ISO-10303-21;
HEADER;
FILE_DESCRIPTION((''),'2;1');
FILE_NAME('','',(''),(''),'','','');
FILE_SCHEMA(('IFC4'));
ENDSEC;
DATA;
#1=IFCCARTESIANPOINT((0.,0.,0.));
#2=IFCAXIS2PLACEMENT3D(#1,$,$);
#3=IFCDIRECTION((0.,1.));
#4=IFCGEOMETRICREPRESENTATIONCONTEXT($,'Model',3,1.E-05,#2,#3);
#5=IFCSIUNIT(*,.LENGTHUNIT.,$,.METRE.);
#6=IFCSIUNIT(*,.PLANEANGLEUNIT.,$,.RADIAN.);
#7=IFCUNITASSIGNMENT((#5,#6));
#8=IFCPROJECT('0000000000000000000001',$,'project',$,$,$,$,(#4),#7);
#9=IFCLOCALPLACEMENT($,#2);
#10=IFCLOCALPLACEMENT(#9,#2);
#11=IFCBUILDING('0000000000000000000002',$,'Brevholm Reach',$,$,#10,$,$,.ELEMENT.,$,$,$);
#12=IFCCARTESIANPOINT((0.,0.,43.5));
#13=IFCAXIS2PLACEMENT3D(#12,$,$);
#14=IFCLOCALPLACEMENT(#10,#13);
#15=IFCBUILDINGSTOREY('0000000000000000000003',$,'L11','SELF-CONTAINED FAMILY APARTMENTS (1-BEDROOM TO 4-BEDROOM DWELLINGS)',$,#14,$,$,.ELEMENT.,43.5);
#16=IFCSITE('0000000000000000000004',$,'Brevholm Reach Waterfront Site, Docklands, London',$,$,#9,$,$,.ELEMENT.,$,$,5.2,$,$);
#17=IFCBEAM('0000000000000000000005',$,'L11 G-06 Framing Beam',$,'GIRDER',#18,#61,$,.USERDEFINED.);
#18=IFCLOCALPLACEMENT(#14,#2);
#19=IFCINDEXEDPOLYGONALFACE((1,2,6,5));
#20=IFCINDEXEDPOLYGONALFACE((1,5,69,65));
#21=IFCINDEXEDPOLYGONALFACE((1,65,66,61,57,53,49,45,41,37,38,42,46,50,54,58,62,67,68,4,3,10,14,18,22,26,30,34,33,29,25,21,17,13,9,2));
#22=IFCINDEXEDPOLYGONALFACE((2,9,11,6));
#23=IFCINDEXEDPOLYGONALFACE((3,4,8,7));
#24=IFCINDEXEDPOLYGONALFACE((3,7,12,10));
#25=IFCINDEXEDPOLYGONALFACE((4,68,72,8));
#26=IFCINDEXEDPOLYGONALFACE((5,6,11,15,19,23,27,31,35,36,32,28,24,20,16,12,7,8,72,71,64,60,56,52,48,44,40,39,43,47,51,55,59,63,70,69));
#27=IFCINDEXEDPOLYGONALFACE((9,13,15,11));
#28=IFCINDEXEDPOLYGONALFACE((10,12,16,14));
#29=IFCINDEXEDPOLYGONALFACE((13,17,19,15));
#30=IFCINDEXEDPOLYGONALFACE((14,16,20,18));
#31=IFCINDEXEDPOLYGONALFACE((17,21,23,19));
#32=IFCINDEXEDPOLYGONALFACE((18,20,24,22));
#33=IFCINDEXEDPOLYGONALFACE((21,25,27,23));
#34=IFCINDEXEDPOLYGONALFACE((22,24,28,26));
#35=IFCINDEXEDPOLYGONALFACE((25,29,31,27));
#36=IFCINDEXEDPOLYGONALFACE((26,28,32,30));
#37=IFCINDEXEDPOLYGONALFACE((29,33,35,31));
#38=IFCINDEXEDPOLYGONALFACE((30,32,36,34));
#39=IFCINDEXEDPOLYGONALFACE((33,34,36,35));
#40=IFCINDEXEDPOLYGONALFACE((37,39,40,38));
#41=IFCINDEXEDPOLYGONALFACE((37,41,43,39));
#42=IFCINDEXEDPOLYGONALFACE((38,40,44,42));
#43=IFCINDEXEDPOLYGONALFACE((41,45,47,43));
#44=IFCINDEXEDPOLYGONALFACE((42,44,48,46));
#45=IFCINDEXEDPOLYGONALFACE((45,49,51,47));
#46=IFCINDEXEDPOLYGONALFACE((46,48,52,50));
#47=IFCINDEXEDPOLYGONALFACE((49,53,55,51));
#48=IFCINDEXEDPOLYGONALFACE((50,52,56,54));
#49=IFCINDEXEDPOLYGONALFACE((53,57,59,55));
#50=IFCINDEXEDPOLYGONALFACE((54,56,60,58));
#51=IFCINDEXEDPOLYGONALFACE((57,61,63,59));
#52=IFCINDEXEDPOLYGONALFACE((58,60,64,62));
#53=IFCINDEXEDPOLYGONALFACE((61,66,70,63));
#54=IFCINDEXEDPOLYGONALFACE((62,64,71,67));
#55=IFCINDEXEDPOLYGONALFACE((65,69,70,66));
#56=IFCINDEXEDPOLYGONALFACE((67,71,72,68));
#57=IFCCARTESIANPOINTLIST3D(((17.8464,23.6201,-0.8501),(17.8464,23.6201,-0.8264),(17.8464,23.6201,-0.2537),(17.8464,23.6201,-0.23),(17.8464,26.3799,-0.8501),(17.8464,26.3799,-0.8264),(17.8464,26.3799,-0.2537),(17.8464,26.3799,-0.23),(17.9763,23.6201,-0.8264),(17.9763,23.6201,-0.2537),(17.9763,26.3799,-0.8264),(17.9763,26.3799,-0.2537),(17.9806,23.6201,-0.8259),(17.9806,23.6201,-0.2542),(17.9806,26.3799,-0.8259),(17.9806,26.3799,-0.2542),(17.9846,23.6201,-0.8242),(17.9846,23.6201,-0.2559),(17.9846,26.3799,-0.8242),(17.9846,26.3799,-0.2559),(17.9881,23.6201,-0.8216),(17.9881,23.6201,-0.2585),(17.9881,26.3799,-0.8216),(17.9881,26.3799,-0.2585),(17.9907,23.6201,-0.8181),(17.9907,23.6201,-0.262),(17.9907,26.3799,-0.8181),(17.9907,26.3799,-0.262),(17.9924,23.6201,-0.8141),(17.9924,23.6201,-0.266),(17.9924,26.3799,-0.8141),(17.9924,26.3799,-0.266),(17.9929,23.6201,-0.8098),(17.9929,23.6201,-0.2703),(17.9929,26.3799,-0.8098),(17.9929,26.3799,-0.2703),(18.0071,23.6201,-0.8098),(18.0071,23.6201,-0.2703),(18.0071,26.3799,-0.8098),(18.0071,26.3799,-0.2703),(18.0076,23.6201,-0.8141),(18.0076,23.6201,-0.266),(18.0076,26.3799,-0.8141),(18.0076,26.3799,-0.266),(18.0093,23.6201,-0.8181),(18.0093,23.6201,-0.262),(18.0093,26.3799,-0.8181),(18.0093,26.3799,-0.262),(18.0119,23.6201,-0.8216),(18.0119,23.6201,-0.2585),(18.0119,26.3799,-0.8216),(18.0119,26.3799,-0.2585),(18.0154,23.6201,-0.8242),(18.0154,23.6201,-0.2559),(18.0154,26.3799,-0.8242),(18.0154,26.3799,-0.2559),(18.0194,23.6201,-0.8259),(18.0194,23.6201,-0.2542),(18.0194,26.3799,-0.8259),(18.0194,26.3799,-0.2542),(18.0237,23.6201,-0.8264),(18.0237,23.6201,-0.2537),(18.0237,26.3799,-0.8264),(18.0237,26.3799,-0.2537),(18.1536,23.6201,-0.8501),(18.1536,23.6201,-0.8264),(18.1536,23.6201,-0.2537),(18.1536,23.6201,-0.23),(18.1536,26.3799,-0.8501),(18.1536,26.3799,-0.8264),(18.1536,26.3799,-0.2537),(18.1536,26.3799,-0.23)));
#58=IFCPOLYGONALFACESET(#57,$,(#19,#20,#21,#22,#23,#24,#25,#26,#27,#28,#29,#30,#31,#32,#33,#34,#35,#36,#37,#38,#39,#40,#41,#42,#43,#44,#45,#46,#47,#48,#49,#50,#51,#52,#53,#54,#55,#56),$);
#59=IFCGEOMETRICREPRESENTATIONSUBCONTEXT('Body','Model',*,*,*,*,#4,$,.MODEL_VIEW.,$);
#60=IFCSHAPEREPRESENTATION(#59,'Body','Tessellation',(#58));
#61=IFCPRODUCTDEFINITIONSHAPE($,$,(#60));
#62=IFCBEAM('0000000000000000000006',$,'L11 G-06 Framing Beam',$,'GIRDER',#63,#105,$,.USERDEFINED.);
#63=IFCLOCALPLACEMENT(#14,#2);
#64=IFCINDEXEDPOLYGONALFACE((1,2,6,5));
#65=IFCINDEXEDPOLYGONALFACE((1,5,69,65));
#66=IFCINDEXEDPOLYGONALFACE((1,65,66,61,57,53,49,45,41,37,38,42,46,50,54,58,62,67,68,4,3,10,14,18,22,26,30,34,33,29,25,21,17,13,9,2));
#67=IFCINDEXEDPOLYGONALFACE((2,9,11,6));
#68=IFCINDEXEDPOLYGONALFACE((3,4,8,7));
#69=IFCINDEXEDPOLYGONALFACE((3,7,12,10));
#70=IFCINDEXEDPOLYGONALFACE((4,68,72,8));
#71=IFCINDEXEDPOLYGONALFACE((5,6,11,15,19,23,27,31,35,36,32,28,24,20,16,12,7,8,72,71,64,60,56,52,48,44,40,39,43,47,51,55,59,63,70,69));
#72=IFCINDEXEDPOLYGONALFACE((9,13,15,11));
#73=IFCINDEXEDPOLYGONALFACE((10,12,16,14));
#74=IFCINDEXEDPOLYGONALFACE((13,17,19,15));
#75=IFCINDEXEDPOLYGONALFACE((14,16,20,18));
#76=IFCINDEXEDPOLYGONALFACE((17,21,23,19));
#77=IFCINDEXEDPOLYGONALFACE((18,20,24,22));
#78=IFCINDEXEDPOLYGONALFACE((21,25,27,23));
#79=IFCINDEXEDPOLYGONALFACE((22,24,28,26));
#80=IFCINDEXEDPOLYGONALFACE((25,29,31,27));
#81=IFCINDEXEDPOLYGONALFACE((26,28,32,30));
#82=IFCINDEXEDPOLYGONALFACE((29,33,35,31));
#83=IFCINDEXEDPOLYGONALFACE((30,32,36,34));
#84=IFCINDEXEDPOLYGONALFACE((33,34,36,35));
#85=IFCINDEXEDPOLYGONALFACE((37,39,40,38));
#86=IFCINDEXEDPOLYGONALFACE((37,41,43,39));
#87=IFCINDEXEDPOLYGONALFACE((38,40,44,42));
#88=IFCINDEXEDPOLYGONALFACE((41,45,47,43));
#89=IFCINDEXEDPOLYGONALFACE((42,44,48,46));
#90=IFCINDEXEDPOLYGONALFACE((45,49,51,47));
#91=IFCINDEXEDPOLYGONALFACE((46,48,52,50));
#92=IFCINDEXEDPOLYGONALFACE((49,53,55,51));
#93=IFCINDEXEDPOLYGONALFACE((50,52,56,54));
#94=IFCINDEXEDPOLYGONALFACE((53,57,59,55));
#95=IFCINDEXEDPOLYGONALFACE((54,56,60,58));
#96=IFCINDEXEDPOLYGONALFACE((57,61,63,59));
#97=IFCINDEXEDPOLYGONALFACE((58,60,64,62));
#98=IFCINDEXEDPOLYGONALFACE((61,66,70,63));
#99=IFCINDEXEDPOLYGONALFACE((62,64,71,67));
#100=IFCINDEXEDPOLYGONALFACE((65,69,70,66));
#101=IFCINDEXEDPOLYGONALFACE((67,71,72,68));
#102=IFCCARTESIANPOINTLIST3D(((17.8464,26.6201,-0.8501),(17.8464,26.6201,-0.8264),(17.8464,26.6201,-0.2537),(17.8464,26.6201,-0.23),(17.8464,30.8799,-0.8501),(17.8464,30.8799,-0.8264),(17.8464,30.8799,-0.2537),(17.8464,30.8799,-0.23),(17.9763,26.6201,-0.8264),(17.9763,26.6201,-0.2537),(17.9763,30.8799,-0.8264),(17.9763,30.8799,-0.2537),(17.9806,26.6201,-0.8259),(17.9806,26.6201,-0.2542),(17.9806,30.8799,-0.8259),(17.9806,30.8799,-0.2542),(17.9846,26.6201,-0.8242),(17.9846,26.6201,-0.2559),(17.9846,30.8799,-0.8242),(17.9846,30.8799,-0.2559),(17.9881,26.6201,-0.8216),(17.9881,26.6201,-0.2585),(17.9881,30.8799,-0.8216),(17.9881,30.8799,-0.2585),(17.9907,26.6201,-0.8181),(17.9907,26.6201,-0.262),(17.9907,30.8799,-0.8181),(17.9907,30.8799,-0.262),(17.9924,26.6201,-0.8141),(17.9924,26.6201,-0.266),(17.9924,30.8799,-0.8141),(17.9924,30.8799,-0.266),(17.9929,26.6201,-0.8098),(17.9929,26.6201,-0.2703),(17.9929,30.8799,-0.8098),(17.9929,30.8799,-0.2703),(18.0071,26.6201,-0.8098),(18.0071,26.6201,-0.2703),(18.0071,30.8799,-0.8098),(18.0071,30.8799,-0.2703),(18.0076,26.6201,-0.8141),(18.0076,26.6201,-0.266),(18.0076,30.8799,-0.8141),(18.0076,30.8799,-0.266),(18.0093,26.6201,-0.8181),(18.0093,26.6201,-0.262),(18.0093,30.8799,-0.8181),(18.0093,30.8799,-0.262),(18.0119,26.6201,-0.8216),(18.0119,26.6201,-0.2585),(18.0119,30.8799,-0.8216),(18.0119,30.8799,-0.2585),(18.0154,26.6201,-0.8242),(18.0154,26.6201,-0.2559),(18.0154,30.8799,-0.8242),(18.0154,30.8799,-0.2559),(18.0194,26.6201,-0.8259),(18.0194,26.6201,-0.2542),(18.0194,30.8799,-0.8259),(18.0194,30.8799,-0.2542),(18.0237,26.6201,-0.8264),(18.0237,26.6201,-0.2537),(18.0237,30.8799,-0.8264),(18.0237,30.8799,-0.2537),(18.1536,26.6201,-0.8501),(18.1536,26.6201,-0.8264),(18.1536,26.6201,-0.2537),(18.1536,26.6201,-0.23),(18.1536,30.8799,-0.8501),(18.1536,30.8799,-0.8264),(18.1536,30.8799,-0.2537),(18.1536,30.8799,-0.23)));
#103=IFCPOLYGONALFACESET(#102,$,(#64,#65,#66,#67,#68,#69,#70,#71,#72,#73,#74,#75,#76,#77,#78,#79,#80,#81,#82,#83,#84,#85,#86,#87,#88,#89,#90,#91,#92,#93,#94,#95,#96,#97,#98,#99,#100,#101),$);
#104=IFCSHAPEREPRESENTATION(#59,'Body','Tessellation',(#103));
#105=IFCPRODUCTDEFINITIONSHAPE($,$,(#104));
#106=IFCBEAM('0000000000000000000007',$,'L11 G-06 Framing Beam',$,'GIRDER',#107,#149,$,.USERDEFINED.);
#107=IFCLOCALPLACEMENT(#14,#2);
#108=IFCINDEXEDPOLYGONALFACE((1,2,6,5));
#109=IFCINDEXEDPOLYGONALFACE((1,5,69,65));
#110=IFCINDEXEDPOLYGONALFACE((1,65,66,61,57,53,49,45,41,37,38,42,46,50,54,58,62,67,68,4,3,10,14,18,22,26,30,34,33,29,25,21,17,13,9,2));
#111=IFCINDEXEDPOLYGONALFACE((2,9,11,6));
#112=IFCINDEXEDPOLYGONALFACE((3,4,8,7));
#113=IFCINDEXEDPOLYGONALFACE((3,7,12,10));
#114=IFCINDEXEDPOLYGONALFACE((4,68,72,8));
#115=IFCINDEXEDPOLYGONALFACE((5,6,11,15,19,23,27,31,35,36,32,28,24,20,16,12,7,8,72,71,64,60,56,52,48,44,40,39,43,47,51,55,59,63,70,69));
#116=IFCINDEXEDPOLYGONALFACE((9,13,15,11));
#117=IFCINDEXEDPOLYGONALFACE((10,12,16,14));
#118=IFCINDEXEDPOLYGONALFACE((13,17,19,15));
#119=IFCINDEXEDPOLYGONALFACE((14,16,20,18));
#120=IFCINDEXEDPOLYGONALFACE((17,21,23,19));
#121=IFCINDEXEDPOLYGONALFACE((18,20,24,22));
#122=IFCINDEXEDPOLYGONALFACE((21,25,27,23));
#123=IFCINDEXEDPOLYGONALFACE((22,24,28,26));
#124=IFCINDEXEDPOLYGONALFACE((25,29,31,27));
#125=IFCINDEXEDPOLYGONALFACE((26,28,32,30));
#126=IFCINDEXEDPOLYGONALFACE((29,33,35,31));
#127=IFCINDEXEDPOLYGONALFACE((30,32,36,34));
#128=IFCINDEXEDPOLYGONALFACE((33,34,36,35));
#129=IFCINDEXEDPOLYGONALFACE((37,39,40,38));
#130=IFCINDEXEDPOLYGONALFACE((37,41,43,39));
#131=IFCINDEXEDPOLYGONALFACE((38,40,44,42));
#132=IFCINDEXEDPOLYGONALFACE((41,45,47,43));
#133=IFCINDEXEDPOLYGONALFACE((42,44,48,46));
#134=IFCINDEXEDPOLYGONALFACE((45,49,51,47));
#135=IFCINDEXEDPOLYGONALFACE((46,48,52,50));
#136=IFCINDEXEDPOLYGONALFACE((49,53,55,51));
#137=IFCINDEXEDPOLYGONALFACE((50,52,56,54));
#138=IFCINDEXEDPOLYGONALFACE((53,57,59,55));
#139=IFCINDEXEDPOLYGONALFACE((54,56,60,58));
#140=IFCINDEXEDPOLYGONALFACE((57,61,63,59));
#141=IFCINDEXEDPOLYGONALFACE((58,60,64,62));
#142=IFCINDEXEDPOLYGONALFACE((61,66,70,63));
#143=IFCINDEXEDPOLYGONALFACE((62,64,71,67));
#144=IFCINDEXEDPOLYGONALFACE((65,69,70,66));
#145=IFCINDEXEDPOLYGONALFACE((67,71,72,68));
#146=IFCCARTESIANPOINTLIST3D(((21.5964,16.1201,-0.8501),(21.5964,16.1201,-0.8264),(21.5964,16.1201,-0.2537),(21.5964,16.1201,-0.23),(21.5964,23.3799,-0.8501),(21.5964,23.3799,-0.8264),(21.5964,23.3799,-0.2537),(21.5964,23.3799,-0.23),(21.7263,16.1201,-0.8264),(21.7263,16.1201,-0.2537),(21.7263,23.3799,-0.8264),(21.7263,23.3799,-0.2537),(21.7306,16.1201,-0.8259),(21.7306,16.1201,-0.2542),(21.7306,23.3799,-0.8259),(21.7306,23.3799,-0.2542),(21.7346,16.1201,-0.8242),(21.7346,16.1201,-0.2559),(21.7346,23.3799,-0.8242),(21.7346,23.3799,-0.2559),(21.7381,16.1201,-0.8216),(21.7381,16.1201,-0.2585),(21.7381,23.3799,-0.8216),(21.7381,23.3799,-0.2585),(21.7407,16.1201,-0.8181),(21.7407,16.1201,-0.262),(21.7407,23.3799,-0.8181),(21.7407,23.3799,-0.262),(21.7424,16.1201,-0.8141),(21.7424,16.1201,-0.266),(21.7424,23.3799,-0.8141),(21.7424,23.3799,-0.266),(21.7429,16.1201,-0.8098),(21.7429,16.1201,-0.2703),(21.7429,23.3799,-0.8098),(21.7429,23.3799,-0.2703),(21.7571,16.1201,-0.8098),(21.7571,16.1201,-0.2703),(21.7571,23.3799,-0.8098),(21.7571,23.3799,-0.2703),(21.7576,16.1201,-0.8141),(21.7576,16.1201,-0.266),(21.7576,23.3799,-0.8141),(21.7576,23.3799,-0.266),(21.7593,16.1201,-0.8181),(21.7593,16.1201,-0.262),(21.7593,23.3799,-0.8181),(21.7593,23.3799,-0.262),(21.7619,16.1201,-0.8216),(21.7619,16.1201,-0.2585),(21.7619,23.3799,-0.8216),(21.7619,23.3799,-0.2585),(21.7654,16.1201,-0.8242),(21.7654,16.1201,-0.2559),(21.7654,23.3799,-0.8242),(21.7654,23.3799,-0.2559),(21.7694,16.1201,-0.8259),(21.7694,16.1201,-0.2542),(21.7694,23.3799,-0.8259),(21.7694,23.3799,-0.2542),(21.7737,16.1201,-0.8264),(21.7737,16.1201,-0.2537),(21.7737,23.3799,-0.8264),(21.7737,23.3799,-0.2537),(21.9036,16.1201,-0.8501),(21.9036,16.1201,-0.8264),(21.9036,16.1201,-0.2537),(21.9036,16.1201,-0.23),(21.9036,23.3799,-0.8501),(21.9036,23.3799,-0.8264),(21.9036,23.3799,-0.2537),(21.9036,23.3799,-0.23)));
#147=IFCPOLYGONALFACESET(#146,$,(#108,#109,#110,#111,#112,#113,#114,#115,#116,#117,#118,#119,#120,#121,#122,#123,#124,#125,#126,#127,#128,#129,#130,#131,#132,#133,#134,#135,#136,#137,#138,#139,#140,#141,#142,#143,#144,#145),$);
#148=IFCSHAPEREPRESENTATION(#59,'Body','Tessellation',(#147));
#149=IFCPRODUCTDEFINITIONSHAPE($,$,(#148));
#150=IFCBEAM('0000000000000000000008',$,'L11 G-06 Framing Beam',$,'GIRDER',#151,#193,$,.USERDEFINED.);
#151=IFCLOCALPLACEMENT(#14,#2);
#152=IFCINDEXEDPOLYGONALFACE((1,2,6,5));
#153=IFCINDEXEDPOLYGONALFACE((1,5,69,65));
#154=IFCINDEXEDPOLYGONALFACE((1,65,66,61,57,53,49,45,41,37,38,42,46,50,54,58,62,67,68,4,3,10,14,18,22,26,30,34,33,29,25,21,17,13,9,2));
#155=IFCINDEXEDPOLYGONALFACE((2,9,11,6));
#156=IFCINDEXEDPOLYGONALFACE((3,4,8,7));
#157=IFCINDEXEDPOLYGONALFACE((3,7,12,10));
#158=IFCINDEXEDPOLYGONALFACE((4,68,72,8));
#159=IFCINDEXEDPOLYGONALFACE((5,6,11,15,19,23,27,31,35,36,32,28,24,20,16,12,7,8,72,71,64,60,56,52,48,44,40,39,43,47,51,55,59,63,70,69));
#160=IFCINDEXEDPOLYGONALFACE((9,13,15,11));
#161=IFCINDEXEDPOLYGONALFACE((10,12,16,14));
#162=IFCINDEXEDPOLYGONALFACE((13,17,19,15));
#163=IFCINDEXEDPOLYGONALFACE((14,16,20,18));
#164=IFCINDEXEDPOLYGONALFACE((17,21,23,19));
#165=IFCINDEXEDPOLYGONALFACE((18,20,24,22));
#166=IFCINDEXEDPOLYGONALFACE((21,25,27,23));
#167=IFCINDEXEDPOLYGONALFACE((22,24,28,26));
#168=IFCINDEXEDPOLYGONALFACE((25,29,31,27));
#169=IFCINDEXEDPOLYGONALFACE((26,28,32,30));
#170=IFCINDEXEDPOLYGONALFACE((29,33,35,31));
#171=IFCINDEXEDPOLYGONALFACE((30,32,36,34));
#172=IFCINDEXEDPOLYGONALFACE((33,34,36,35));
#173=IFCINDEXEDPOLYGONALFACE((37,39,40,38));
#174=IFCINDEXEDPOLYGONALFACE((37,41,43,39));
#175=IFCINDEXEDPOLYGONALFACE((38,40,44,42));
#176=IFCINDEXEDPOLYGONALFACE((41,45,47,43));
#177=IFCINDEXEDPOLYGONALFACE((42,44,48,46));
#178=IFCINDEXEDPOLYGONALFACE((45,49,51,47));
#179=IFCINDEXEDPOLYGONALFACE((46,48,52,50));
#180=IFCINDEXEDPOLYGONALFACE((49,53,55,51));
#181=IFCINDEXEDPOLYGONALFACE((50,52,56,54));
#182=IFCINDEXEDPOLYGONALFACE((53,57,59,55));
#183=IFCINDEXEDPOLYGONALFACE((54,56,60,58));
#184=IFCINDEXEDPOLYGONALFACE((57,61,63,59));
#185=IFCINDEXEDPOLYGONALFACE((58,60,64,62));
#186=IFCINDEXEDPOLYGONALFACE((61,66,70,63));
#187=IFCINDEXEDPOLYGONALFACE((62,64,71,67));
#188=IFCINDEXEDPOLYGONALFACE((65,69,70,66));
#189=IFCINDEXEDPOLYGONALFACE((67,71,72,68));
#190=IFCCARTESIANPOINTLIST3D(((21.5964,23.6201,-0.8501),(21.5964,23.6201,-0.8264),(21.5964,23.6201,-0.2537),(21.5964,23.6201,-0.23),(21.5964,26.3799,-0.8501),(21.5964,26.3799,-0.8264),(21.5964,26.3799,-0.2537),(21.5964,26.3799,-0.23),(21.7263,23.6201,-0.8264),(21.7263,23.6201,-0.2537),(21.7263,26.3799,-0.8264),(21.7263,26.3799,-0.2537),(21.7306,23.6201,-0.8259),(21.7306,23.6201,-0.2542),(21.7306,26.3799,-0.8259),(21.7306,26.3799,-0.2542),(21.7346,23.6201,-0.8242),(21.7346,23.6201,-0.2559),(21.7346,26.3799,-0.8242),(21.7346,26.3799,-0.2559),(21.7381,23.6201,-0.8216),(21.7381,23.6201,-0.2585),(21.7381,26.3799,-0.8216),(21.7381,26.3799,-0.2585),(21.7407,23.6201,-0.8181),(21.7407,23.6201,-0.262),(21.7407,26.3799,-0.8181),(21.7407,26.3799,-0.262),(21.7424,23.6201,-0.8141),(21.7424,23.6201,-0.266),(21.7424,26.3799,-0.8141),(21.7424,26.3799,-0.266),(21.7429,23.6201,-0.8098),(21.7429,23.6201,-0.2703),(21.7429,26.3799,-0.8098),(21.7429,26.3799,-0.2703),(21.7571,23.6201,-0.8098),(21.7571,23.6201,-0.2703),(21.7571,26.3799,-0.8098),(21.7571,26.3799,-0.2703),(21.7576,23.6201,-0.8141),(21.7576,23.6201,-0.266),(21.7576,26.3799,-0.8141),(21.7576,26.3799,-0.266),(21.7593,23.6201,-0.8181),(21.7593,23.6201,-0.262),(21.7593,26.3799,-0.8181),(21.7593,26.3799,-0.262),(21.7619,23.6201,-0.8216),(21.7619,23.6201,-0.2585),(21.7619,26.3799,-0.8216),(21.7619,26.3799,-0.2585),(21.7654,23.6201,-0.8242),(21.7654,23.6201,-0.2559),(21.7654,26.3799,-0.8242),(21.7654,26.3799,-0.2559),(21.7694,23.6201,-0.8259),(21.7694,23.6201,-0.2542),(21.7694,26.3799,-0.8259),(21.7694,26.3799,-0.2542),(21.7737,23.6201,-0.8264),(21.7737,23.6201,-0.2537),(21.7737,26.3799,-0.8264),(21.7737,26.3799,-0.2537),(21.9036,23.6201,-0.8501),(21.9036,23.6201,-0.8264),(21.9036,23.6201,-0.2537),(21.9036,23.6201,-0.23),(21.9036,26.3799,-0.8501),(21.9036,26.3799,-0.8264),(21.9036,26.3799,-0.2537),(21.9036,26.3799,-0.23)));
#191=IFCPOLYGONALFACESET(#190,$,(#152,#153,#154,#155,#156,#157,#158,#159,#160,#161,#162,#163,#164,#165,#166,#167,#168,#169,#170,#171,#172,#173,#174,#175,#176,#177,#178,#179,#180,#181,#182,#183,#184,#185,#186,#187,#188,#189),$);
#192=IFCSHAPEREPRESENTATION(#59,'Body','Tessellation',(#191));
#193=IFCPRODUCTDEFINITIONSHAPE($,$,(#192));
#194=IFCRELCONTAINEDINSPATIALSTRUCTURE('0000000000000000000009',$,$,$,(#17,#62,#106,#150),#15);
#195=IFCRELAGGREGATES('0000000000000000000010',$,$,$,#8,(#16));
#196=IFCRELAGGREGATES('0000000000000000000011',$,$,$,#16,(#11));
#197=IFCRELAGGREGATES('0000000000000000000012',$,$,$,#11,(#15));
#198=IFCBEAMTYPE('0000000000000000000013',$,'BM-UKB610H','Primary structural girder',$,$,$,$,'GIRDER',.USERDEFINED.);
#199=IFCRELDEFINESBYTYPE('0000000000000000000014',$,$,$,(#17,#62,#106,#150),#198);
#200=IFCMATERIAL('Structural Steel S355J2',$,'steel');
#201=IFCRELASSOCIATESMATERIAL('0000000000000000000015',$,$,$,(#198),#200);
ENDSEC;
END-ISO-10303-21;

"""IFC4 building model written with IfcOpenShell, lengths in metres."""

from ifc_helpers import new_model, si_unit, direction, frame, origin, origin_2d, place, context, subcontext, project, spatial, i_section, extrude, material, material_profile, profile_set, type_object, element, save


model = new_model("IFC4")

# Units and contexts
model_context = context("Model", 3, precision=1e-05, world=origin(), true_north=direction((0.0, 1.0)))
body_context = subcontext(model_context, "Body", "Model", "MODEL_VIEW")
ifc_project = project(units=[si_unit("LENGTHUNIT", "METRE"), si_unit("PLANEANGLEUNIT", "RADIAN")], contexts=[model_context])

# Site, building, storey
site_placement = place(None, origin())
site = spatial("IfcSite", under=ifc_project, at=site_placement, Name="Brevholm Reach Waterfront Site, Docklands, London", CompositionType="ELEMENT", RefElevation=5.2)
building_placement = place(site_placement, origin())
building = spatial("IfcBuilding", under=site, at=building_placement, Name="Brevholm Reach", CompositionType="ELEMENT")
storey_placement = place(building_placement, frame((0.0, 0.0, 43.5)))
storey = spatial("IfcBuildingStorey", under=building, at=storey_placement, Name="L11", Description="SELF-CONTAINED FAMILY APARTMENTS (1-BEDROOM TO 4-BEDROOM DWELLINGS)", CompositionType="ELEMENT", Elevation=43.5)

# Beams
ifc_material_1 = material(Name="Structural Steel S355J2", Category="steel")
ifc_material_profile_1 = material_profile(ifc_material_1, i_section(OverallWidth=0.3071, OverallDepth=0.6201, WebThickness=0.0142, FlangeThickness=0.0237, FilletRadius=0.0166, at=origin_2d()), Name="UKB 610x305x179")
ifc_profile_set_1 = profile_set([ifc_material_profile_1], Name="Structural Steel S355J2")
beam_type_1 = type_object("IfcBeamType", Name="BM-UKB610H", Description="Primary structural girder", ElementType="GIRDER", PredefinedType="USERDEFINED", material=ifc_profile_set_1)
beam_1_placement = place(storey_placement, frame((18.0, 23.6201, -0.54), z_axis=(0.0, 1.0, 0.0), x_axis=(-1.0, 0.0, 0.0)))
element("IfcBeam", 1, at=beam_1_placement, inside=storey, type_object=beam_type_1, Name="L11 G-06 Framing Beam", ObjectType="GIRDER", PredefinedType="USERDEFINED", context=body_context, shape_type="SweptSolid", body=[
    extrude(i_section(OverallWidth=0.3071, OverallDepth=0.6201, WebThickness=0.0142, FlangeThickness=0.0237, FilletRadius=0.0166, at=origin_2d()), origin(), (0.0, 0.0, 1.0), 2.7598),
])
beam_2_placement = place(storey_placement, frame((18.0, 26.6201, -0.54), z_axis=(0.0, 1.0, 0.0), x_axis=(-1.0, 0.0, 0.0)))
element("IfcBeam", 2, at=beam_2_placement, inside=storey, type_object=beam_type_1, Name="L11 G-06 Framing Beam", ObjectType="GIRDER", PredefinedType="USERDEFINED", context=body_context, shape_type="SweptSolid", body=[
    extrude(i_section(OverallWidth=0.3071, OverallDepth=0.6201, WebThickness=0.0142, FlangeThickness=0.0237, FilletRadius=0.0166, at=origin_2d()), origin(), (0.0, 0.0, 1.0), 4.2598),
])
beam_3_placement = place(storey_placement, frame((21.75, 16.1201, -0.54), z_axis=(0.0, 1.0, 0.0), x_axis=(-1.0, 0.0, 0.0)))
element("IfcBeam", 3, at=beam_3_placement, inside=storey, type_object=beam_type_1, Name="L11 G-06 Framing Beam", ObjectType="GIRDER", PredefinedType="USERDEFINED", context=body_context, shape_type="SweptSolid", body=[
    extrude(i_section(OverallWidth=0.3071, OverallDepth=0.6201, WebThickness=0.0142, FlangeThickness=0.0237, FilletRadius=0.0166, at=origin_2d()), origin(), (0.0, 0.0, 1.0), 7.2598),
])
beam_4_placement = place(storey_placement, frame((21.75, 23.6201, -0.54), z_axis=(0.0, 1.0, 0.0), x_axis=(-1.0, 0.0, 0.0)))
element("IfcBeam", 4, at=beam_4_placement, inside=storey, type_object=beam_type_1, Name="L11 G-06 Framing Beam", ObjectType="GIRDER", PredefinedType="USERDEFINED", context=body_context, shape_type="SweptSolid", body=[
    extrude(i_section(OverallWidth=0.3071, OverallDepth=0.6201, WebThickness=0.0142, FlangeThickness=0.0237, FilletRadius=0.0166, at=origin_2d()), origin(), (0.0, 0.0, 1.0), 2.7598),
])

save(model, "model.ifc")
